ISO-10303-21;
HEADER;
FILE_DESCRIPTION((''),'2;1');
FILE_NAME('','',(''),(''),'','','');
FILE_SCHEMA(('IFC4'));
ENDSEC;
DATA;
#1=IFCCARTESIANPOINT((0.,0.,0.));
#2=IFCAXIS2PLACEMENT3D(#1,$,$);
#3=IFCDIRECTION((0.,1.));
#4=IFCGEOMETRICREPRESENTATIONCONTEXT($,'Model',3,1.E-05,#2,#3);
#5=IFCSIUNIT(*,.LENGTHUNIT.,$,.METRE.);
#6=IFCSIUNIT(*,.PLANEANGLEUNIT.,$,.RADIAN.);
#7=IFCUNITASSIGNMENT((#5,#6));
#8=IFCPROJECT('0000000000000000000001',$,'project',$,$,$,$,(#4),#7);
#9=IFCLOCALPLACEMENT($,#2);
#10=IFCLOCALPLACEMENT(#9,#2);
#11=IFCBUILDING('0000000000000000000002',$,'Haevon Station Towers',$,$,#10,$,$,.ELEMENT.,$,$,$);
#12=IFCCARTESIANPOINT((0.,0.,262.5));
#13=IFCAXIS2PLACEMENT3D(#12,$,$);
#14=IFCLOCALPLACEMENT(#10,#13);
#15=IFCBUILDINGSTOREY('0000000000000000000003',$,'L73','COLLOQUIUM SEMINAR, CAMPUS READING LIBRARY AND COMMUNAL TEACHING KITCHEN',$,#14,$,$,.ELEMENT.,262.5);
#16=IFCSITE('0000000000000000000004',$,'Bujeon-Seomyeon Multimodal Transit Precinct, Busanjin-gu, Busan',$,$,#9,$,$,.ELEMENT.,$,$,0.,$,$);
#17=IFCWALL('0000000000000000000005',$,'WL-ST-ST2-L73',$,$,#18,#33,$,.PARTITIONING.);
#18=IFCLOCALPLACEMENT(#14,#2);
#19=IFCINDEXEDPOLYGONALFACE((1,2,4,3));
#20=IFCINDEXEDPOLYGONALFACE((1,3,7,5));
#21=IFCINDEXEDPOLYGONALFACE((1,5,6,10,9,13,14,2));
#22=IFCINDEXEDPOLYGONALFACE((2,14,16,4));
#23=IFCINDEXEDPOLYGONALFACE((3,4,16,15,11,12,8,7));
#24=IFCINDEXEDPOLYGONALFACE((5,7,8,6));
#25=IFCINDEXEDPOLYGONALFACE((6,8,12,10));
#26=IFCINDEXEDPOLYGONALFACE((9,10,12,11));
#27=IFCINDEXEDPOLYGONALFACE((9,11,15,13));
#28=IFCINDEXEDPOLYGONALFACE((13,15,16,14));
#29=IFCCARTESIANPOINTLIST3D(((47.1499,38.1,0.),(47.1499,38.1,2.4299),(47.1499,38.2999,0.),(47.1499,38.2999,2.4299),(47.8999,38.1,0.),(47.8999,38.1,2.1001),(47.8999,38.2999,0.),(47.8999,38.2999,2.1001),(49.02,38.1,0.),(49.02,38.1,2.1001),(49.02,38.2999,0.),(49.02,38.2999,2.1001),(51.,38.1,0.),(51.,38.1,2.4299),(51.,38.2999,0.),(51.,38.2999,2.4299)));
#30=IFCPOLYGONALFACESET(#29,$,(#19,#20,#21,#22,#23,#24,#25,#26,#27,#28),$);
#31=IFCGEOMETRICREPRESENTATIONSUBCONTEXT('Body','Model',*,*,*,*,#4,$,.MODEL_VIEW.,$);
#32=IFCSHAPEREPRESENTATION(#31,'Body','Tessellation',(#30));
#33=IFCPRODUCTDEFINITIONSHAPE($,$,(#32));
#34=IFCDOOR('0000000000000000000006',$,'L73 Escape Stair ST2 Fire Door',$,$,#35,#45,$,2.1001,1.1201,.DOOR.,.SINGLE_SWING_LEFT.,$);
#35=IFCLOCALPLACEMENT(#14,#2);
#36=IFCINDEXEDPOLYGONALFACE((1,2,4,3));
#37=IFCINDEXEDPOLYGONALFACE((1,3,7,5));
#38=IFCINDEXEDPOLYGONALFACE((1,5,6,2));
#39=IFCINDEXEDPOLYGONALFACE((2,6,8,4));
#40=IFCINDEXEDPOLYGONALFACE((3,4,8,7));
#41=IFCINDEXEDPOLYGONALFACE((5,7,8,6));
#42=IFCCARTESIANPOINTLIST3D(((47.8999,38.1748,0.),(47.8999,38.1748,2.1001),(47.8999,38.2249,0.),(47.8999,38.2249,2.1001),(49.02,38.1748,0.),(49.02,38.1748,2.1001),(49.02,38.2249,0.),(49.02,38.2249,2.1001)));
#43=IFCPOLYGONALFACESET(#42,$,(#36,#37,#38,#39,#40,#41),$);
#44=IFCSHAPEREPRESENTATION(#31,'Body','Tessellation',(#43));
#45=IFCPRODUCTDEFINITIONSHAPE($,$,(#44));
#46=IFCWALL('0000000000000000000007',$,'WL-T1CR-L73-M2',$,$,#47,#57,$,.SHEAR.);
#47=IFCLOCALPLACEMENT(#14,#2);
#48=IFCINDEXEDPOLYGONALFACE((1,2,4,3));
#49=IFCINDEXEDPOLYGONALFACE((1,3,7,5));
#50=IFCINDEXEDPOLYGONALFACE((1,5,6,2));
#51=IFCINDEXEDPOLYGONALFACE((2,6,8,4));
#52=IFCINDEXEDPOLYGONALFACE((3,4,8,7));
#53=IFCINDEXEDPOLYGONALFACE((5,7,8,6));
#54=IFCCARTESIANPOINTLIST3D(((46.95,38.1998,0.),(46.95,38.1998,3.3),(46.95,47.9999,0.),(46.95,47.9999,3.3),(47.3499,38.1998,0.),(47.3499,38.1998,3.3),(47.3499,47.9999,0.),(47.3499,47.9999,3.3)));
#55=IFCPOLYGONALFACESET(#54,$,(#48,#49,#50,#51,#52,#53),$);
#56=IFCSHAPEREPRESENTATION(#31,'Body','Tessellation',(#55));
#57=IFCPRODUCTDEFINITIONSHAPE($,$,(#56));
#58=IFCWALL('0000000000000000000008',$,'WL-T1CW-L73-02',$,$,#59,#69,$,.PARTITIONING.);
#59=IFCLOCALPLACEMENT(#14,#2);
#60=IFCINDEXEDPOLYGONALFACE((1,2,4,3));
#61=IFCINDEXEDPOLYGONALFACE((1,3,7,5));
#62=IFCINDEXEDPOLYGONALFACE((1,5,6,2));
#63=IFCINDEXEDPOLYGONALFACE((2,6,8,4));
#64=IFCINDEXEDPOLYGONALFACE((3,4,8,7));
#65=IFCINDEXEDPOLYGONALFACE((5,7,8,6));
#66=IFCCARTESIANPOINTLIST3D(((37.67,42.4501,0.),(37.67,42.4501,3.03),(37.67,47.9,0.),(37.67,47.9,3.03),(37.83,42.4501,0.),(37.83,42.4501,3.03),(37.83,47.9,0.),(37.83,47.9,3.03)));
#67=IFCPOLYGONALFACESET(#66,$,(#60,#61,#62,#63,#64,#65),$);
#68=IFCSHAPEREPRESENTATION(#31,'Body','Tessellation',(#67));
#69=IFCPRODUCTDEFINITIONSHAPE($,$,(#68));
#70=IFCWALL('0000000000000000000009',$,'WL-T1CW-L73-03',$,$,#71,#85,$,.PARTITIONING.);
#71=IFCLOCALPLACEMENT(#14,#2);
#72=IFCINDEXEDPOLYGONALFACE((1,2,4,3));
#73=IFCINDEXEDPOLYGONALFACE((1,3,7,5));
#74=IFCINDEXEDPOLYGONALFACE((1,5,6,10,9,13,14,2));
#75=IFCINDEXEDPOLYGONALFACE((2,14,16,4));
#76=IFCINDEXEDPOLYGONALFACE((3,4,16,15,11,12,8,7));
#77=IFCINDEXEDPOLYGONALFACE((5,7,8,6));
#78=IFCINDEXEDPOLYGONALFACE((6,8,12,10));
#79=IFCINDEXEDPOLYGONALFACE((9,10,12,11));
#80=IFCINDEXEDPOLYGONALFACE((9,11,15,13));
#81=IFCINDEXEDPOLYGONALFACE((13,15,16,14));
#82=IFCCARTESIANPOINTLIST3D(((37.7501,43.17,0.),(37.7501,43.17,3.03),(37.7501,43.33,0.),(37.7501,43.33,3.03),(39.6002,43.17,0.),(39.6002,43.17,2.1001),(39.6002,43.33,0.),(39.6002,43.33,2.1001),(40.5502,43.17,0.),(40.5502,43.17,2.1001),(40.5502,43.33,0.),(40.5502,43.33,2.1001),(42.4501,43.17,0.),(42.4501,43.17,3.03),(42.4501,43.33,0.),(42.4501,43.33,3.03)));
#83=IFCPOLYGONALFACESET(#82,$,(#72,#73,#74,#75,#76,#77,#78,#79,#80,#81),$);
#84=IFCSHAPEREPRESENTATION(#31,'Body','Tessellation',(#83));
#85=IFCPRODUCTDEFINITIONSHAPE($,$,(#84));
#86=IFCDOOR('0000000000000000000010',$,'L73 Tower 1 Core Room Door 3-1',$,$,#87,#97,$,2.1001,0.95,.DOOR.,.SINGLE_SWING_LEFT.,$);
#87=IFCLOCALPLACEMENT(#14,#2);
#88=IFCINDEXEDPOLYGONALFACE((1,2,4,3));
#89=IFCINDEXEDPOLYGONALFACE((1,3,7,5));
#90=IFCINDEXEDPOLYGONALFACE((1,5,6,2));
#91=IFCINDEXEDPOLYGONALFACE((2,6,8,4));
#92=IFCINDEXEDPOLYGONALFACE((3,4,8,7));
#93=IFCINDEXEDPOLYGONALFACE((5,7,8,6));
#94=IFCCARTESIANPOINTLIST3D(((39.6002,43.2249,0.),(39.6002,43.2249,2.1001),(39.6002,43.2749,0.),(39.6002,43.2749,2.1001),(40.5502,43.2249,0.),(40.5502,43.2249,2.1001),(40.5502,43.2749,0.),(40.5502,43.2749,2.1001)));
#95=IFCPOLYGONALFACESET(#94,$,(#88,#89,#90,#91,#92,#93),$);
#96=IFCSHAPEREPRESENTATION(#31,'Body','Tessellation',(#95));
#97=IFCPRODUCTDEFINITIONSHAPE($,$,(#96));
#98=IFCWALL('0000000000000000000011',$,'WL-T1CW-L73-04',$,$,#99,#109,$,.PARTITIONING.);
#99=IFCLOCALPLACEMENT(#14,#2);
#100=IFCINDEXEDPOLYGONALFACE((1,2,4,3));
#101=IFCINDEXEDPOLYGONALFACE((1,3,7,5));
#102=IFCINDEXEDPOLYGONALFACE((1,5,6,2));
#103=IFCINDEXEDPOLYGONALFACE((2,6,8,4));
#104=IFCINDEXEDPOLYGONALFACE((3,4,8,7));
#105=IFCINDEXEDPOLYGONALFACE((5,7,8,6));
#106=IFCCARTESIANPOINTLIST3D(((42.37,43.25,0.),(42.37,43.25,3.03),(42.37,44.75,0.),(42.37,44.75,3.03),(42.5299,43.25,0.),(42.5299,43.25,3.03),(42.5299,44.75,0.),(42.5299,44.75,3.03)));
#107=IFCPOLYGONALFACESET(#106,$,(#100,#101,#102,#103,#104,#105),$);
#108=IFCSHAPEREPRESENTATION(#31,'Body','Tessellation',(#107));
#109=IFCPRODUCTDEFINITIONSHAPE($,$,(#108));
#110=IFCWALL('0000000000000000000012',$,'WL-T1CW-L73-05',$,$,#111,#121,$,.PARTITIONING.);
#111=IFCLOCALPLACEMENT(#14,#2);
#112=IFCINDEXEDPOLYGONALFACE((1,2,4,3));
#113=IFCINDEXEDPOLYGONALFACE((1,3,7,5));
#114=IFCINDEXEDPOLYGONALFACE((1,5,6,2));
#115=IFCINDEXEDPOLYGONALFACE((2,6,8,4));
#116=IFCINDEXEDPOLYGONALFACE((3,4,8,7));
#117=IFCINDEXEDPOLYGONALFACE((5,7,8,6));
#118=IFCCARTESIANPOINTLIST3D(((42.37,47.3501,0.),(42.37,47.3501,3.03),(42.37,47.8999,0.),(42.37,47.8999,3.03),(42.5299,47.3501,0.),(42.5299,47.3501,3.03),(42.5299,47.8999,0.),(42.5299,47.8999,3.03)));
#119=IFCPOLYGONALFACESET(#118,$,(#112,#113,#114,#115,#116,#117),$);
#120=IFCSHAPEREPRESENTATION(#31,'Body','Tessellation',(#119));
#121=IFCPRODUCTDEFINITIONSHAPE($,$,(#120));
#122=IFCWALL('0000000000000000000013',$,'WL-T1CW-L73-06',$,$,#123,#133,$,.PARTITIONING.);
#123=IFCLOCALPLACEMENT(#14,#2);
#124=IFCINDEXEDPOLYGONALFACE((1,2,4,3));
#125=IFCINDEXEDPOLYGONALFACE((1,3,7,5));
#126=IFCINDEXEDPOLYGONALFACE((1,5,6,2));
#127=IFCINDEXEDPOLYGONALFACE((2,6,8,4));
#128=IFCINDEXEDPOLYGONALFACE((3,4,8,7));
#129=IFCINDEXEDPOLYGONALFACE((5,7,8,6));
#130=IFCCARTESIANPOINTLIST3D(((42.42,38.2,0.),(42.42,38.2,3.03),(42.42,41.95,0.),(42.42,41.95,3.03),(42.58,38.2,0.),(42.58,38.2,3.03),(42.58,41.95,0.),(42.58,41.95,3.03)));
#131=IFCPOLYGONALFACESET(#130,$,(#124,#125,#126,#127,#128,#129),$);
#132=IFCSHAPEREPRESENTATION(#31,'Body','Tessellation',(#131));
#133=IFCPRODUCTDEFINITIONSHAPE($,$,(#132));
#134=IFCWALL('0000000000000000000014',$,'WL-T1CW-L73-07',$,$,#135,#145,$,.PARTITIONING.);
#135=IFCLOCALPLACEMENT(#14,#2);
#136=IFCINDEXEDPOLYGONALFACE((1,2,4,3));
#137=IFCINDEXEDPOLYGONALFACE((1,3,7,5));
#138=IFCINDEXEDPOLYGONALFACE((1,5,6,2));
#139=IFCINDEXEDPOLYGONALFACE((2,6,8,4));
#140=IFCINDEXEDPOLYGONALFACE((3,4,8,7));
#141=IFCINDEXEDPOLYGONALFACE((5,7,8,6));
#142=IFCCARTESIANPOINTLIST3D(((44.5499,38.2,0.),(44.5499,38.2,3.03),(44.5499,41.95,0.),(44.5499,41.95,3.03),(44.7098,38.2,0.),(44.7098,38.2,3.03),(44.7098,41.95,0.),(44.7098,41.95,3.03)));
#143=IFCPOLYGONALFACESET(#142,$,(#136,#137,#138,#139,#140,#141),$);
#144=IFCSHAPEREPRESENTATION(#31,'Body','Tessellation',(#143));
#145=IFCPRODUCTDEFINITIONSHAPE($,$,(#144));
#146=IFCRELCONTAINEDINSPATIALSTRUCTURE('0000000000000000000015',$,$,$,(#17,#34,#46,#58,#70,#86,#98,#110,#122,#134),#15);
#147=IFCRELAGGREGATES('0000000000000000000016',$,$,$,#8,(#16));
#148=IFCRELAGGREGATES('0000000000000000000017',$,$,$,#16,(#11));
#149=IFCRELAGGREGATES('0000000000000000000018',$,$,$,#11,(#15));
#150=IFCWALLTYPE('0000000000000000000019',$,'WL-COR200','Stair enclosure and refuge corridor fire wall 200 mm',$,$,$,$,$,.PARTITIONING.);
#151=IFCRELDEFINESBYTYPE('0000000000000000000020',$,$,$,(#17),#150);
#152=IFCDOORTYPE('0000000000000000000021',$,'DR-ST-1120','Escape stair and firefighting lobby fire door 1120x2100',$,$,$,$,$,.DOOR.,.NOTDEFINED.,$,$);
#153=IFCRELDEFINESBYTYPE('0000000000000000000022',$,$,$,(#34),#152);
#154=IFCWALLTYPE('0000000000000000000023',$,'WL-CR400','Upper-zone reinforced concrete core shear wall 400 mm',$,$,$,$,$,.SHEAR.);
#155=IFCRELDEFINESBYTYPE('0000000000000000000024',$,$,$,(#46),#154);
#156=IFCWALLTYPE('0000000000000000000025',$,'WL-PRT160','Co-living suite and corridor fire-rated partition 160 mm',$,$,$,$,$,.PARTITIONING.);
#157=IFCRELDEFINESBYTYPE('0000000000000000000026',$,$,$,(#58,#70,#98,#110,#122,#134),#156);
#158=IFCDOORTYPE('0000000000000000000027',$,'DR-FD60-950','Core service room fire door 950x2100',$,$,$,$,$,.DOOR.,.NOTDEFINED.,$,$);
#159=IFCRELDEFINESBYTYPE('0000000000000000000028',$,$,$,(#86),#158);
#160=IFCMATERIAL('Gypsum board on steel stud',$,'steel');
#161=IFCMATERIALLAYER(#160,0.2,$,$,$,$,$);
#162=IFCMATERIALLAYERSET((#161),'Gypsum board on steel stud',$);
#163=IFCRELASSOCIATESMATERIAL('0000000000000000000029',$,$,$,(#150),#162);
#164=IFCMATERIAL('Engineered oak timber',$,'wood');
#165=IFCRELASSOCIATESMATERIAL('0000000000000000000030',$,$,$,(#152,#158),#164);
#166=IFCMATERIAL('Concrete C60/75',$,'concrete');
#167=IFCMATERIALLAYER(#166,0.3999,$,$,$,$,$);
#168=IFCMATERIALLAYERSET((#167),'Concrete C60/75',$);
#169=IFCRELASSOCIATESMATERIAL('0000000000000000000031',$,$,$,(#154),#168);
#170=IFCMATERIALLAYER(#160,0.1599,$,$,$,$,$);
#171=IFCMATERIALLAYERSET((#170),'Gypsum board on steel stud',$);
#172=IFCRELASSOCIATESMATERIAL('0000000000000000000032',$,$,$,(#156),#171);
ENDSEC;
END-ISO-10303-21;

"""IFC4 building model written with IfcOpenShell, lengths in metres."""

from ifc_helpers import new_model, si_unit, direction, frame, frame_2d, origin, place, context, subcontext, project, spatial, rectangle, extrude, material, layer, layer_set, type_object, element, fill, save


model = new_model("IFC4")

# Units and contexts
model_context = context("Model", 3, precision=1e-05, world=origin(), true_north=direction((0.0, 1.0)))
body_context = subcontext(model_context, "Body", "Model", "MODEL_VIEW")
ifc_project = project(units=[si_unit("LENGTHUNIT", "METRE"), si_unit("PLANEANGLEUNIT", "RADIAN")], contexts=[model_context])

# Site, building, storey
site_placement = place(None, origin())
site = spatial("IfcSite", under=ifc_project, at=site_placement, Name="Bujeon-Seomyeon Multimodal Transit Precinct, Busanjin-gu, Busan", CompositionType="ELEMENT", RefElevation=0.0)
building_placement = place(site_placement, origin())
building = spatial("IfcBuilding", under=site, at=building_placement, Name="Haevon Station Towers", CompositionType="ELEMENT")
storey_placement = place(building_placement, frame((0.0, 0.0, 262.5)))
storey = spatial("IfcBuildingStorey", under=building, at=storey_placement, Name="L73", Description="COLLOQUIUM SEMINAR, CAMPUS READING LIBRARY AND COMMUNAL TEACHING KITCHEN", CompositionType="ELEMENT", Elevation=262.5)

# Wall, opening, door
ifc_material_1 = material(Name="Gypsum board on steel stud", Category="steel")
ifc_layer_1 = layer(ifc_material_1, 0.2)
ifc_layer_set_1 = layer_set([ifc_layer_1], Name="Gypsum board on steel stud")
wall_type_1 = type_object("IfcWallType", Name="WL-COR200", Description="Stair enclosure and refuge corridor fire wall 200 mm", PredefinedType="PARTITIONING", material=ifc_layer_set_1)
wall_1_placement = place(storey_placement, frame((47.1499, 38.2, 0.0), z_axis=(0.0, 0.0, 1.0), x_axis=(1.0, 0.0, 0.0)))
wall_1 = element("IfcWall", 1, at=wall_1_placement, inside=storey, type_object=wall_type_1, Name="WL-ST-ST2-L73", PredefinedType="PARTITIONING", context=body_context, shape_type="SweptSolid", body=[
    extrude(rectangle(XDim=3.8501, YDim=0.2, at=frame_2d((1.925, 0.0))), origin(), (0.0, 0.0, 1.0), 2.4299),
])
opening_1_placement = place(wall_1_placement, frame((0.75, 0.0, 0.0)))
opening_1 = element("IfcOpeningElement", 2, at=opening_1_placement, cuts=wall_1, PredefinedType="OPENING", context=body_context, shape_type="SweptSolid", body=[
    extrude(rectangle(XDim=1.1201, YDim=2.1001, at=frame_2d((0.5601, 1.05))), frame((0.0, 0.1099, 0.0), z_axis=(0.0, -1.0, 0.0), x_axis=(1.0, 0.0, 0.0)), (0.0, 0.0, 1.0), 0.22),
])
ifc_material_2 = material(Name="Engineered oak timber", Category="wood")
door_type_1 = type_object("IfcDoorType", Name="DR-ST-1120", Description="Escape stair and firefighting lobby fire door 1120x2100", OperationType="NOTDEFINED", PredefinedType="DOOR", material=ifc_material_2)
door_1_placement = place(opening_1_placement, origin())
door_1 = element("IfcDoor", 3, at=door_1_placement, inside=storey, type_object=door_type_1, Name="L73 Escape Stair ST2 Fire Door", OperationType="SINGLE_SWING_LEFT", OverallHeight=2.1001, OverallWidth=1.1201, PredefinedType="DOOR", context=body_context, shape_type="SweptSolid", body=[
    extrude(rectangle(XDim=1.1201, YDim=2.1001, at=frame_2d((0.5601, 1.05))), frame((0.0, 0.0249, 0.0), z_axis=(0.0, -1.0, 0.0), x_axis=(1.0, 0.0, 0.0)), (0.0, 0.0, 1.0), 0.05),
])
fill(opening_1, door_1)

# Walls
ifc_material_3 = material(Name="Concrete C60/75", Category="concrete")
ifc_layer_2 = layer(ifc_material_3, 0.3999)
ifc_layer_set_2 = layer_set([ifc_layer_2], Name="Concrete C60/75")
wall_type_2 = type_object("IfcWallType", Name="WL-CR400", Description="Upper-zone reinforced concrete core shear wall 400 mm", PredefinedType="SHEAR", material=ifc_layer_set_2)
wall_2_placement = place(storey_placement, frame((47.1499, 38.2, 0.0), z_axis=(0.0, 0.0, 1.0), x_axis=(0.0, 1.0, 0.0)))
element("IfcWall", 4, at=wall_2_placement, inside=storey, type_object=wall_type_2, Name="WL-T1CR-L73-M2", PredefinedType="SHEAR", context=body_context, shape_type="SweptSolid", body=[
    extrude(rectangle(XDim=9.8, YDim=0.3999, at=frame_2d((4.8999, 0.0))), origin(), (0.0, 0.0, 1.0), 3.3),
])
ifc_layer_3 = layer(ifc_material_1, 0.1599)
ifc_layer_set_3 = layer_set([ifc_layer_3], Name="Gypsum board on steel stud")
wall_type_3 = type_object("IfcWallType", Name="WL-PRT160", Description="Co-living suite and corridor fire-rated partition 160 mm", PredefinedType="PARTITIONING", material=ifc_layer_set_3)
wall_3_placement = place(storey_placement, frame((37.75, 42.45, 0.0), z_axis=(0.0, 0.0, 1.0), x_axis=(0.0, 1.0, 0.0)))
element("IfcWall", 5, at=wall_3_placement, inside=storey, type_object=wall_type_3, Name="WL-T1CW-L73-02", PredefinedType="PARTITIONING", context=body_context, shape_type="SweptSolid", body=[
    extrude(rectangle(XDim=5.45, YDim=0.1599, at=frame_2d((2.7251, 0.0))), origin(), (0.0, 0.0, 1.0), 3.03),
])

# Wall, opening, door
wall_4_placement = place(storey_placement, frame((37.75, 43.25, 0.0), z_axis=(0.0, 0.0, 1.0), x_axis=(1.0, 0.0, 0.0)))
wall_4 = element("IfcWall", 6, at=wall_4_placement, inside=storey, type_object=wall_type_3, Name="WL-T1CW-L73-03", PredefinedType="PARTITIONING", context=body_context, shape_type="SweptSolid", body=[
    extrude(rectangle(XDim=4.7, YDim=0.1599, at=frame_2d((2.3501, 0.0))), origin(), (0.0, 0.0, 1.0), 3.03),
])
opening_2_placement = place(wall_4_placement, frame((1.8501, 0.0, 0.0)))
opening_2 = element("IfcOpeningElement", 7, at=opening_2_placement, cuts=wall_4, PredefinedType="OPENING", context=body_context, shape_type="SweptSolid", body=[
    extrude(rectangle(XDim=0.95, YDim=2.1001, at=frame_2d((0.4751, 1.05))), frame((0.0, 0.0898, 0.0), z_axis=(0.0, -1.0, 0.0), x_axis=(1.0, 0.0, 0.0)), (0.0, 0.0, 1.0), 0.1799),
])
door_type_2 = type_object("IfcDoorType", Name="DR-FD60-950", Description="Core service room fire door 950x2100", OperationType="NOTDEFINED", PredefinedType="DOOR", material=ifc_material_2)
door_2_placement = place(opening_2_placement, origin())
door_2 = element("IfcDoor", 8, at=door_2_placement, inside=storey, type_object=door_type_2, Name="L73 Tower 1 Core Room Door 3-1", OperationType="SINGLE_SWING_LEFT", OverallHeight=2.1001, OverallWidth=0.95, PredefinedType="DOOR", context=body_context, shape_type="SweptSolid", body=[
    extrude(rectangle(XDim=0.95, YDim=2.1001, at=frame_2d((0.4751, 1.05))), frame((0.0, 0.0249, 0.0), z_axis=(0.0, -1.0, 0.0), x_axis=(1.0, 0.0, 0.0)), (0.0, 0.0, 1.0), 0.05),
])
fill(opening_2, door_2)

# Walls
wall_5_placement = place(storey_placement, frame((42.45, 43.25, 0.0), z_axis=(0.0, 0.0, 1.0), x_axis=(0.0, 1.0, 0.0)))
element("IfcWall", 9, at=wall_5_placement, inside=storey, type_object=wall_type_3, Name="WL-T1CW-L73-04", PredefinedType="PARTITIONING", context=body_context, shape_type="SweptSolid", body=[
    extrude(rectangle(XDim=1.5, YDim=0.1599, at=frame_2d((0.75, 0.0))), origin(), (0.0, 0.0, 1.0), 3.03),
])
wall_6_placement = place(storey_placement, frame((42.45, 47.3501, 0.0), z_axis=(0.0, 0.0, 1.0), x_axis=(0.0, 1.0, 0.0)))
element("IfcWall", 10, at=wall_6_placement, inside=storey, type_object=wall_type_3, Name="WL-T1CW-L73-05", PredefinedType="PARTITIONING", context=body_context, shape_type="SweptSolid", body=[
    extrude(rectangle(XDim=0.5498, YDim=0.1599, at=frame_2d((0.2749, 0.0))), origin(), (0.0, 0.0, 1.0), 3.03),
])
for number, where, z_axis, x_axis, name in (
    (11, (42.5, 38.2, 0.0), (0.0, 0.0, 1.0), (0.0, 1.0, 0.0), "WL-T1CW-L73-06"),
    (12, (44.6299, 38.2, 0.0), (0.0, 0.0, 1.0), (0.0, 1.0, 0.0), "WL-T1CW-L73-07"),
):
    element("IfcWall", number, at=place(storey_placement, frame(where, z_axis=z_axis, x_axis=x_axis)), inside=storey, type_object=wall_type_3, Name=name, PredefinedType="PARTITIONING", context=body_context, shape_type="SweptSolid", body=[
        extrude(rectangle(XDim=3.75, YDim=0.1599, at=frame_2d((1.875, 0.0))), origin(), (0.0, 0.0, 1.0), 3.03),
    ])

save(model, "model.ifc")
